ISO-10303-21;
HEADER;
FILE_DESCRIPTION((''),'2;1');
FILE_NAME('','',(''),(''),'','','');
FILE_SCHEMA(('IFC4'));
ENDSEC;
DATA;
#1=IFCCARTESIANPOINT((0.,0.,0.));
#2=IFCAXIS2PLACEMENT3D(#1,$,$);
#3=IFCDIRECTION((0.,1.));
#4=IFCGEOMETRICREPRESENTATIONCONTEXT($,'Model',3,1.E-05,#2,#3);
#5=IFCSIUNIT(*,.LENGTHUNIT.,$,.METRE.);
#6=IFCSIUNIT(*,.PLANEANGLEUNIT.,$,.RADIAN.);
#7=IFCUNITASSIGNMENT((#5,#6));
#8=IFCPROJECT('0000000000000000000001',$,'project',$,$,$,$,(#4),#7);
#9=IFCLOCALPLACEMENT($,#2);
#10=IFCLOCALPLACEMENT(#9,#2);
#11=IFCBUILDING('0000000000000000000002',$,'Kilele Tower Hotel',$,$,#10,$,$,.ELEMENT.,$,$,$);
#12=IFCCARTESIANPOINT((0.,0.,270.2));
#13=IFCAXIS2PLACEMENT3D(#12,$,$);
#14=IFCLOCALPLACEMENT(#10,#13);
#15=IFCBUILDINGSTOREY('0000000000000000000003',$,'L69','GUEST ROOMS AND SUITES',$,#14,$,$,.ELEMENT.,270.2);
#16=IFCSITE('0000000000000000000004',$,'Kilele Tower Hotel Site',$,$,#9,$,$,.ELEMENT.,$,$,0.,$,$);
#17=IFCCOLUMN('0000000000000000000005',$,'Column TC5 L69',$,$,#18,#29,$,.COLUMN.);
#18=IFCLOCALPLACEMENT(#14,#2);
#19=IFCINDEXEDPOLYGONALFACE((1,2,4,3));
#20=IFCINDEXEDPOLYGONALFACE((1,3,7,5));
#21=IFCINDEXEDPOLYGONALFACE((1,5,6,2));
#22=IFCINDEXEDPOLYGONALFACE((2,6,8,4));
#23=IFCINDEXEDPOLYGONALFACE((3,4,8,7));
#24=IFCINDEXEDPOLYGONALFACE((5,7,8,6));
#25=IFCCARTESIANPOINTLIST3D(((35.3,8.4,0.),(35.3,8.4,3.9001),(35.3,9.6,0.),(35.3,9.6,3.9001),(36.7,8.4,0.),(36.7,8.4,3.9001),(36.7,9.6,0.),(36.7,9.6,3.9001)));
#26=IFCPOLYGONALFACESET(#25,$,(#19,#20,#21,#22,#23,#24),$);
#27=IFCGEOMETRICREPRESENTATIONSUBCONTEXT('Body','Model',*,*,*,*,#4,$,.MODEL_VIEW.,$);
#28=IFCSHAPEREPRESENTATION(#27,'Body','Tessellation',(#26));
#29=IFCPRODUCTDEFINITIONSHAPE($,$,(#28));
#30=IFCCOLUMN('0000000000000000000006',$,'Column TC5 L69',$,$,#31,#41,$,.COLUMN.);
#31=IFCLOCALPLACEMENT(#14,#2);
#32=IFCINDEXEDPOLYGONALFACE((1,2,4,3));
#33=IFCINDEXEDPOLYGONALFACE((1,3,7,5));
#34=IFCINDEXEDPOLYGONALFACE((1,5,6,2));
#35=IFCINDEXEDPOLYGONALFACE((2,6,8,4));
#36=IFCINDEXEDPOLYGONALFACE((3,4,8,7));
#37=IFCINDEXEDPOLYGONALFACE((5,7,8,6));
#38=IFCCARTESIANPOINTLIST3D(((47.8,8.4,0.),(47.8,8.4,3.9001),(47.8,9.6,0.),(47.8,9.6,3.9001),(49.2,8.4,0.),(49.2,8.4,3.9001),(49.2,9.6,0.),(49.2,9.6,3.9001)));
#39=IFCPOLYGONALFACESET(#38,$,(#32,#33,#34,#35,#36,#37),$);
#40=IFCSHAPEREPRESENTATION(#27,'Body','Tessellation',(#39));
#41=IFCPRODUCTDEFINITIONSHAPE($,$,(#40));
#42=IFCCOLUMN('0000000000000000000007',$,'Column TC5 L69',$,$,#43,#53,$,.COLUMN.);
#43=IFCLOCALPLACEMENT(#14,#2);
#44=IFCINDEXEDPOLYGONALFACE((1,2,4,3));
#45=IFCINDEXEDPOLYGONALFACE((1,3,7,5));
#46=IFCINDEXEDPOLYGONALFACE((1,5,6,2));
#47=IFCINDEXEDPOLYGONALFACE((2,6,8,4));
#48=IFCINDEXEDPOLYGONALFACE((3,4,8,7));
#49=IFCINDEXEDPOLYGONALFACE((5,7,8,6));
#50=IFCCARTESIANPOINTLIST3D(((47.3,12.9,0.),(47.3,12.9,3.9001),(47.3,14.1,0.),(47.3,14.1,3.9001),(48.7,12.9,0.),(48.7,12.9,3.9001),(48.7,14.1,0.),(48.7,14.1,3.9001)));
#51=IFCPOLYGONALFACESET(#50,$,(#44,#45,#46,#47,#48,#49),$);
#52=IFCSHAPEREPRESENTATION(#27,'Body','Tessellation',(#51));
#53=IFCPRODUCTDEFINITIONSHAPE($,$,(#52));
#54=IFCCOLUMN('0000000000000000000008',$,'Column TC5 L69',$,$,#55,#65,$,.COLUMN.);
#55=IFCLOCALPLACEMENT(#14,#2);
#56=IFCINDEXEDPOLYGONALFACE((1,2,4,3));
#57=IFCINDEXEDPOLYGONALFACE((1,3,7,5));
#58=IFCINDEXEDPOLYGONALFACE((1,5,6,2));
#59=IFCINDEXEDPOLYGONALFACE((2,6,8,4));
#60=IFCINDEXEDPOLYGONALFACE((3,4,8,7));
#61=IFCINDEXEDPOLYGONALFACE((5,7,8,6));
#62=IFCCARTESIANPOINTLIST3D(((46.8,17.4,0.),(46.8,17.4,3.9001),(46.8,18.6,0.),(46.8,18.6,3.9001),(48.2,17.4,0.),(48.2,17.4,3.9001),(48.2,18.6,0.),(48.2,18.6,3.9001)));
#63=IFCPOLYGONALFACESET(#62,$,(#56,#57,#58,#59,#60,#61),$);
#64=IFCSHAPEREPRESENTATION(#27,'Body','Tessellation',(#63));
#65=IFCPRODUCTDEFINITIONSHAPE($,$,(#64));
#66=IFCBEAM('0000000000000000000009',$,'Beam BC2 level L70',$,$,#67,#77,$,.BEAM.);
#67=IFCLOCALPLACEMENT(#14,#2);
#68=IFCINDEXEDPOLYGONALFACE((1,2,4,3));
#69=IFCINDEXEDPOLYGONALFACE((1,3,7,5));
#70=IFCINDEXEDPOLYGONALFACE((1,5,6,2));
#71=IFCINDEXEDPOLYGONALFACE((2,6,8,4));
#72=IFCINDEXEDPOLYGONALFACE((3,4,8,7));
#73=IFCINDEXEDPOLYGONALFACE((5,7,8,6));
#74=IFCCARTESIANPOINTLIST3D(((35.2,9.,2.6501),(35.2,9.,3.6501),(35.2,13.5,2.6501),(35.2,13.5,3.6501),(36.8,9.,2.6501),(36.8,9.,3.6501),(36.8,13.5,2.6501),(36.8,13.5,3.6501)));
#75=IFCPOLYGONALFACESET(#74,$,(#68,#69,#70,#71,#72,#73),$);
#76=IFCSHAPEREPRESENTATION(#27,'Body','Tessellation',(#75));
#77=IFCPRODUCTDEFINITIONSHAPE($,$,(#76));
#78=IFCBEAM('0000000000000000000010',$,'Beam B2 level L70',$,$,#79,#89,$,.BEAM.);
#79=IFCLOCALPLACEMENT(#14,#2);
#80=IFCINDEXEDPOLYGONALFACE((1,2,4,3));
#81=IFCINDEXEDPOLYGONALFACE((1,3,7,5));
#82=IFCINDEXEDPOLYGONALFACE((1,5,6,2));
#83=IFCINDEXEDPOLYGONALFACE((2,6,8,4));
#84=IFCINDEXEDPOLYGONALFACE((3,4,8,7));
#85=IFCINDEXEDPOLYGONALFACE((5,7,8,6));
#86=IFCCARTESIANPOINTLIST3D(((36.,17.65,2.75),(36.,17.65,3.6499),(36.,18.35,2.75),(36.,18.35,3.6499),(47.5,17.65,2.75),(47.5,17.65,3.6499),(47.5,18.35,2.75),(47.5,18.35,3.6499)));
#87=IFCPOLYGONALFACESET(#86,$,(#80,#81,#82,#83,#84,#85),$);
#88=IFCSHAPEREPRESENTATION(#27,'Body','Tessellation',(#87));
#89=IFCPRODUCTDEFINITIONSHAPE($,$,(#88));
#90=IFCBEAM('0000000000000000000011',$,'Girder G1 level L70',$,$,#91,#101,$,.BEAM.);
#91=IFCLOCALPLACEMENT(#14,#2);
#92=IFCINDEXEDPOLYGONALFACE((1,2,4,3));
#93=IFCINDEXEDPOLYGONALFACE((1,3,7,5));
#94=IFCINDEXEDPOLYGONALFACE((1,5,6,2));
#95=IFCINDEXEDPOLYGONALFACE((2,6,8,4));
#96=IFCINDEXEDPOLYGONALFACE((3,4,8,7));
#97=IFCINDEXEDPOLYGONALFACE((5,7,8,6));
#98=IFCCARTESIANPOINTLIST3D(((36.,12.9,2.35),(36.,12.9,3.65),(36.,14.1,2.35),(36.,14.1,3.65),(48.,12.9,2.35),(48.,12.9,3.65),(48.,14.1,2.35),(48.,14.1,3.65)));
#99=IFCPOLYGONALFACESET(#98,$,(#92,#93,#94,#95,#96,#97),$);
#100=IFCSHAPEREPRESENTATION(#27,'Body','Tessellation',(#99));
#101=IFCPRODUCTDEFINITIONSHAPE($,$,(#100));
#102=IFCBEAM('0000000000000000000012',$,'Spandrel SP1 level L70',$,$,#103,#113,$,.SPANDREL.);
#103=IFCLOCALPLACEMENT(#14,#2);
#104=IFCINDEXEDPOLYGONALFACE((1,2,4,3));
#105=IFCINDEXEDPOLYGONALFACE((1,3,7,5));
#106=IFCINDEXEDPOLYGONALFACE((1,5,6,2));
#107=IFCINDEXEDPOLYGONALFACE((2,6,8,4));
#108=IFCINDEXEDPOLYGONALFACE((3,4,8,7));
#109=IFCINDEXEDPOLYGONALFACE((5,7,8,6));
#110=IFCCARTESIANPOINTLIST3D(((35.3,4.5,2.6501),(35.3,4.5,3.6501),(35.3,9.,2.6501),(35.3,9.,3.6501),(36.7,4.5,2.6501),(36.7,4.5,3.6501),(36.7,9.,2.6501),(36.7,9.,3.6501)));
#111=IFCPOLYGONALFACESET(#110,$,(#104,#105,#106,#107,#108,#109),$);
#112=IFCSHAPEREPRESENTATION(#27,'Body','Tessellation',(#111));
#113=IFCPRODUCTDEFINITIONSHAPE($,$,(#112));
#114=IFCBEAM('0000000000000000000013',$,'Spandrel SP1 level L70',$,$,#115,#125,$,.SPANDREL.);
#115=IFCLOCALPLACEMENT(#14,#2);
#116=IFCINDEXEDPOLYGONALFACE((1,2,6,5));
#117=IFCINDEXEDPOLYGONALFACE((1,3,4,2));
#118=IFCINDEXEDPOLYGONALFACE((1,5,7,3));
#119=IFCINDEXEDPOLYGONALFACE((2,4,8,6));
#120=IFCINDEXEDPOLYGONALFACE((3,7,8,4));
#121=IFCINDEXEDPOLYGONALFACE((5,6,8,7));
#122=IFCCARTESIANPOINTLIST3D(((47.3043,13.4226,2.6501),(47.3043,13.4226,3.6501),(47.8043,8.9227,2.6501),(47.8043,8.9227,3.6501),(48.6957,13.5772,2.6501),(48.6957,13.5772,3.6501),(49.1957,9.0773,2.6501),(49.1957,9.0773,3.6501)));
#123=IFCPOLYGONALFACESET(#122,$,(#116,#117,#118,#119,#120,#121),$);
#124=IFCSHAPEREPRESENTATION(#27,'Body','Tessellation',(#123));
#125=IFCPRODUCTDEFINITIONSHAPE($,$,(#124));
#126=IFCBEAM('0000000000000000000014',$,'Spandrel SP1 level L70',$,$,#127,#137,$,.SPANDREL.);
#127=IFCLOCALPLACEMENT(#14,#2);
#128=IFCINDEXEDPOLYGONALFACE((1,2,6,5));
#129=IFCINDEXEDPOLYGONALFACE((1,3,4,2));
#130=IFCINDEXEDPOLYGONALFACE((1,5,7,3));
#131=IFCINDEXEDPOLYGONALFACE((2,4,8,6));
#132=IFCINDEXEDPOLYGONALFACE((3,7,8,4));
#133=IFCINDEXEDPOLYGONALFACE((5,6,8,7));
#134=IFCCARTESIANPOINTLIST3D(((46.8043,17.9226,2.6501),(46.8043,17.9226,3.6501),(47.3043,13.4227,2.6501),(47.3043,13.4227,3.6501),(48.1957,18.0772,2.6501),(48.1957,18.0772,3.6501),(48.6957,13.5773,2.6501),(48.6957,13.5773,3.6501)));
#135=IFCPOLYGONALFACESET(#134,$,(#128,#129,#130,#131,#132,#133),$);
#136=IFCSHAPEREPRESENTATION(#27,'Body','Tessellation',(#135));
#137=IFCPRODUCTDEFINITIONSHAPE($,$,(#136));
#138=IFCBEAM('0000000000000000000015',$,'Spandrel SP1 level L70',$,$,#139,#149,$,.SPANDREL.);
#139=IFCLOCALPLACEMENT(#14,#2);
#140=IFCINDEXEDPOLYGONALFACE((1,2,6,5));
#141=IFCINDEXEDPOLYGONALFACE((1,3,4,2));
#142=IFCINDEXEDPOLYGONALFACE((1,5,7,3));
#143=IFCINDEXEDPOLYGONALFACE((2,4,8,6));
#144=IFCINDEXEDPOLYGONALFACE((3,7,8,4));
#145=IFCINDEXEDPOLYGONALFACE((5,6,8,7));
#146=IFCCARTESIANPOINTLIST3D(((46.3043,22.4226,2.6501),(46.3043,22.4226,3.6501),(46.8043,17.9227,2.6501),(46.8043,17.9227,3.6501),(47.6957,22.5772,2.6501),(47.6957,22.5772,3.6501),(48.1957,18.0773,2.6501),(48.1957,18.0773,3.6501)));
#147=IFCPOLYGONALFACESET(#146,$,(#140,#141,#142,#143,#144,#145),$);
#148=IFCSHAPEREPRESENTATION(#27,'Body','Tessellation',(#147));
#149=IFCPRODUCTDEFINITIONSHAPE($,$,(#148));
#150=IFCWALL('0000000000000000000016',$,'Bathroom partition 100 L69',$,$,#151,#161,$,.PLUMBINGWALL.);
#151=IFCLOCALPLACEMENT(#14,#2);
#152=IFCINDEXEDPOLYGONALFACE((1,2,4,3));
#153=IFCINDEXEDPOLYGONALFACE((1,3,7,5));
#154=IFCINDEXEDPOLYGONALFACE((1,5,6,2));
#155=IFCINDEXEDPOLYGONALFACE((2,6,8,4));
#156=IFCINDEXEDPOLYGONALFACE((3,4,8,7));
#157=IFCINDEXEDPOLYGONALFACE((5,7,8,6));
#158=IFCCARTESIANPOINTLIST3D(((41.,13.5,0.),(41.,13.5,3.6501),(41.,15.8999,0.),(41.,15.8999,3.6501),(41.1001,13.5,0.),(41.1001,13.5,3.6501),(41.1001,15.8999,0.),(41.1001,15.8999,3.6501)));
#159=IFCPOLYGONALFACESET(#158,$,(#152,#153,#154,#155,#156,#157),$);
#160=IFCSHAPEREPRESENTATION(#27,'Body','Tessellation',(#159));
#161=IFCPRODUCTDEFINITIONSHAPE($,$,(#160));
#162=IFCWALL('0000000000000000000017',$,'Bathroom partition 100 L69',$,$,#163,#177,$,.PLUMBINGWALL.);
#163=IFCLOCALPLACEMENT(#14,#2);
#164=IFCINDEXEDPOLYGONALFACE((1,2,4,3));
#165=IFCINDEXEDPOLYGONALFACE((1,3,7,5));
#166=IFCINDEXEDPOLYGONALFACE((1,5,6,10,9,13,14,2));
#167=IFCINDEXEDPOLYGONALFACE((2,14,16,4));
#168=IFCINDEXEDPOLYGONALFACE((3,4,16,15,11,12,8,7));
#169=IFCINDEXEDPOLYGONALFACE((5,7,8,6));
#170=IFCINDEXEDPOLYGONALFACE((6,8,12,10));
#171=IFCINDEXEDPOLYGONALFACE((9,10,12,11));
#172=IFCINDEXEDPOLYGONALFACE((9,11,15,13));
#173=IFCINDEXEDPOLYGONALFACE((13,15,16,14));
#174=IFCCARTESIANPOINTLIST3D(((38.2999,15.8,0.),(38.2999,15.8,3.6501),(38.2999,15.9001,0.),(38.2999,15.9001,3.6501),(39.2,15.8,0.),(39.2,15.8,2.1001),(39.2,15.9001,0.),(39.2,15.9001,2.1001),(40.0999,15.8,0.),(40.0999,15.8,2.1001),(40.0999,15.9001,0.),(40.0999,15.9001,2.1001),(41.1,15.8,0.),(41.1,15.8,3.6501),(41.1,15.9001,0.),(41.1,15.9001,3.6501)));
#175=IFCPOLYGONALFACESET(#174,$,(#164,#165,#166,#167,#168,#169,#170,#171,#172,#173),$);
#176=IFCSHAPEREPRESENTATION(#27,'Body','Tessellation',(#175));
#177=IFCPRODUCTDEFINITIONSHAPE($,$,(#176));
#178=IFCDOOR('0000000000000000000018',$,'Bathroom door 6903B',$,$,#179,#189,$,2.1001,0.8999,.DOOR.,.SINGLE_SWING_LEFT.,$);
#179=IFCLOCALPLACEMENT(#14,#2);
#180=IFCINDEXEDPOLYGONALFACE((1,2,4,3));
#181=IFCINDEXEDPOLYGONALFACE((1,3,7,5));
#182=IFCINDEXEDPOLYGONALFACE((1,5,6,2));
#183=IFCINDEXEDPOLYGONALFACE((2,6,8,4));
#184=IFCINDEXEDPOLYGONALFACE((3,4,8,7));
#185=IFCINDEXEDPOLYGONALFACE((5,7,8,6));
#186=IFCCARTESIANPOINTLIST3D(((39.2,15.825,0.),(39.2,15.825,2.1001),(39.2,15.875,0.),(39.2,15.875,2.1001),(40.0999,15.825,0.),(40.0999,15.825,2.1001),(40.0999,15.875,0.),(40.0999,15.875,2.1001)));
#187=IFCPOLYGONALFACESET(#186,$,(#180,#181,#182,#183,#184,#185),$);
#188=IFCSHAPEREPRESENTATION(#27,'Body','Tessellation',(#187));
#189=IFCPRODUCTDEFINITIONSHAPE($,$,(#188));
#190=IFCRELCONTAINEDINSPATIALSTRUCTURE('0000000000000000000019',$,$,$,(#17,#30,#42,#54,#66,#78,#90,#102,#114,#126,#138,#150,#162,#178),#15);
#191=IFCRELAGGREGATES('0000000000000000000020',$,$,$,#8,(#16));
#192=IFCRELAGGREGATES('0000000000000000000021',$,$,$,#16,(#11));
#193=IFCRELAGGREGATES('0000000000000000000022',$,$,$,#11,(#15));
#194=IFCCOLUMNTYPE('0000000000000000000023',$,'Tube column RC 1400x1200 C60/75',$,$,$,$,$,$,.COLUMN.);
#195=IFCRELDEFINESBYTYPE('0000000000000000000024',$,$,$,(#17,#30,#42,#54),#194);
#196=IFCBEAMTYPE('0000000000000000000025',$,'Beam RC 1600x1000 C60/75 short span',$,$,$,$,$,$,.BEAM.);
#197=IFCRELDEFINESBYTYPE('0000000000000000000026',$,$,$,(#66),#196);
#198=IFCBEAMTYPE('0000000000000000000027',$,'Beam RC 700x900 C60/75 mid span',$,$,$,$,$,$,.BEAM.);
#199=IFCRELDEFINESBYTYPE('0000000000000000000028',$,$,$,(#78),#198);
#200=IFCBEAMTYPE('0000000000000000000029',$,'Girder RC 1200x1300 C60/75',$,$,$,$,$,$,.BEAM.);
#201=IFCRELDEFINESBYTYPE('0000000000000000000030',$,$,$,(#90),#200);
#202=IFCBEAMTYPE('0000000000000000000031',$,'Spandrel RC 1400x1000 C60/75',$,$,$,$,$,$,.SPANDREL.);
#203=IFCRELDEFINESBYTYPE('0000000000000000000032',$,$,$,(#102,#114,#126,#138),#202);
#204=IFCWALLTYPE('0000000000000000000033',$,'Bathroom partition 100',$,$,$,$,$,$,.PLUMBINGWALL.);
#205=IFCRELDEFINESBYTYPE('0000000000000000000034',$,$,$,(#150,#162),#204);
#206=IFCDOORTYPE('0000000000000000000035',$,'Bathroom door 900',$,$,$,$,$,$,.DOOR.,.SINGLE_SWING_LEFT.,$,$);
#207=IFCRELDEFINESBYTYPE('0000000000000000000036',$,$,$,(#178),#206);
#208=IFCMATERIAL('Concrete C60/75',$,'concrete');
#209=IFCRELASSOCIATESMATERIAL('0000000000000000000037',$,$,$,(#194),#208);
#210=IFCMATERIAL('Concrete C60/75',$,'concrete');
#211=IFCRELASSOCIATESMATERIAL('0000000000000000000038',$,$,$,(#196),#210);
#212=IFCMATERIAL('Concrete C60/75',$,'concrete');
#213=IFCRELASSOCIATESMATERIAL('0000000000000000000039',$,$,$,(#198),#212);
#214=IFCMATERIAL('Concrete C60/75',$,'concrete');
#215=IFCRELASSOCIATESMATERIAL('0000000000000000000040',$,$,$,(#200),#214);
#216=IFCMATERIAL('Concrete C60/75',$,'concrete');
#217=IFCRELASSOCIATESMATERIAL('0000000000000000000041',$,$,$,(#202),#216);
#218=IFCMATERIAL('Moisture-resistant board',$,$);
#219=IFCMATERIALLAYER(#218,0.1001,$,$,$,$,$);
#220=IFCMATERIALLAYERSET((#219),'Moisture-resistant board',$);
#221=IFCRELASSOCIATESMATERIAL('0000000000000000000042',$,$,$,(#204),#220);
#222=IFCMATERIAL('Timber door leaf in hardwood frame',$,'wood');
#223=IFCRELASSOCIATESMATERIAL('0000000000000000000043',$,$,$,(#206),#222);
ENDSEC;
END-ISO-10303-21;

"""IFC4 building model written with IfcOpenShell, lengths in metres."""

from ifc_helpers import new_model, si_unit, direction, frame, frame_2d, origin, origin_2d, place, context, subcontext, project, spatial, rectangle, extrude, material, layer, layer_set, material_profile, profile_set, type_object, element, fill, save


model = new_model("IFC4")

# Units and contexts
model_context = context("Model", 3, precision=1e-05, world=origin(), true_north=direction((0.0, 1.0)))
body_context = subcontext(model_context, "Body", "Model", "MODEL_VIEW")
ifc_project = project(units=[si_unit("LENGTHUNIT", "METRE"), si_unit("PLANEANGLEUNIT", "RADIAN")], contexts=[model_context])

# Site, building, storey
site_placement = place(None, origin())
site = spatial("IfcSite", under=ifc_project, at=site_placement, Name="Kilele Tower Hotel Site", CompositionType="ELEMENT", RefElevation=0.0)
building_placement = place(site_placement, origin())
building = spatial("IfcBuilding", under=site, at=building_placement, Name="Kilele Tower Hotel", CompositionType="ELEMENT")
storey_placement = place(building_placement, frame((0.0, 0.0, 270.2)))
storey = spatial("IfcBuildingStorey", under=building, at=storey_placement, Name="L69", Description="GUEST ROOMS AND SUITES", CompositionType="ELEMENT", Elevation=270.2)

# Columns
ifc_material_1 = material(Name="Concrete C60/75", Category="concrete")
ifc_material_profile_1 = material_profile(ifc_material_1, rectangle(XDim=1.3999, YDim=1.2, at=origin_2d()))
ifc_profile_set_1 = profile_set([ifc_material_profile_1], Name="Concrete C60/75")
column_type = type_object("IfcColumnType", Name="Tube column RC 1400x1200 C60/75", PredefinedType="COLUMN", material=ifc_profile_set_1)
for number, where, z_axis, x_axis, name in (
    (1, (36.0, 9.0, 0.0), (0.0, 0.0, 1.0), (1.0, 0.0, 0.0), "Column TC5 L69"),
    (2, (48.5, 9.0, 0.0), (0.0, 0.0, 1.0), (1.0, 0.0, 0.0), "Column TC5 L69"),
    (3, (48.0, 13.5, 0.0), (0.0, 0.0, 1.0), (1.0, 0.0, 0.0), "Column TC5 L69"),
    (4, (47.5, 18.0, 0.0), (0.0, 0.0, 1.0), (1.0, 0.0, 0.0), "Column TC5 L69"),
):
    element("IfcColumn", number, at=place(storey_placement, frame(where, z_axis=z_axis, x_axis=x_axis)), inside=storey, type_object=column_type, Name=name, PredefinedType="COLUMN", context=body_context, shape_type="SweptSolid", body=[
        extrude(rectangle(XDim=1.3999, YDim=1.2, at=origin_2d()), origin(), (0.0, 0.0, 1.0), 3.9001),
    ])

# Beams
ifc_material_2 = material(Name="Concrete C60/75", Category="concrete")
ifc_material_profile_2 = material_profile(ifc_material_2, rectangle(XDim=1.6001, YDim=1.0, at=origin_2d()))
ifc_profile_set_2 = profile_set([ifc_material_profile_2], Name="Concrete C60/75")
beam_type_1 = type_object("IfcBeamType", Name="Beam RC 1600x1000 C60/75 short span", PredefinedType="BEAM", material=ifc_profile_set_2)
beam_1_placement = place(storey_placement, frame((36.0, 9.0, 3.1501), z_axis=(0.0, 1.0, 0.0), x_axis=(-1.0, 0.0, 0.0)))
element("IfcBeam", 5, at=beam_1_placement, inside=storey, type_object=beam_type_1, Name="Beam BC2 level L70", PredefinedType="BEAM", context=body_context, shape_type="SweptSolid", body=[
    extrude(rectangle(XDim=1.6001, YDim=1.0, at=origin_2d()), origin(), (0.0, 0.0, 1.0), 4.5),
])
ifc_material_3 = material(Name="Concrete C60/75", Category="concrete")
ifc_material_profile_3 = material_profile(ifc_material_3, rectangle(XDim=0.7, YDim=0.8999, at=origin_2d()))
ifc_profile_set_3 = profile_set([ifc_material_profile_3], Name="Concrete C60/75")
beam_type_2 = type_object("IfcBeamType", Name="Beam RC 700x900 C60/75 mid span", PredefinedType="BEAM", material=ifc_profile_set_3)
beam_2_placement = place(storey_placement, frame((47.5, 18.0, 3.2), z_axis=(-1.0, 0.0, 0.0), x_axis=(0.0, -1.0, 0.0)))
element("IfcBeam", 6, at=beam_2_placement, inside=storey, type_object=beam_type_2, Name="Beam B2 level L70", PredefinedType="BEAM", context=body_context, shape_type="SweptSolid", body=[
    extrude(rectangle(XDim=0.7, YDim=0.8999, at=origin_2d()), origin(), (0.0, 0.0, 1.0), 11.5),
])
ifc_material_4 = material(Name="Concrete C60/75", Category="concrete")
ifc_material_profile_4 = material_profile(ifc_material_4, rectangle(XDim=1.2, YDim=1.3, at=origin_2d()))
ifc_profile_set_4 = profile_set([ifc_material_profile_4], Name="Concrete C60/75")
beam_type_3 = type_object("IfcBeamType", Name="Girder RC 1200x1300 C60/75", PredefinedType="BEAM", material=ifc_profile_set_4)
beam_3_placement = place(storey_placement, frame((48.0, 13.5, 3.0), z_axis=(-1.0, 0.0, 0.0), x_axis=(0.0, -1.0, 0.0)))
element("IfcBeam", 7, at=beam_3_placement, inside=storey, type_object=beam_type_3, Name="Girder G1 level L70", PredefinedType="BEAM", context=body_context, shape_type="SweptSolid", body=[
    extrude(rectangle(XDim=1.2, YDim=1.3, at=origin_2d()), origin(), (0.0, 0.0, 1.0), 12.0),
])
ifc_material_5 = material(Name="Concrete C60/75", Category="concrete")
ifc_material_profile_5 = material_profile(ifc_material_5, rectangle(XDim=1.3999, YDim=1.0, at=origin_2d()))
ifc_profile_set_5 = profile_set([ifc_material_profile_5], Name="Concrete C60/75")
beam_type_4 = type_object("IfcBeamType", Name="Spandrel RC 1400x1000 C60/75", PredefinedType="SPANDREL", material=ifc_profile_set_5)
beam_4_placement = place(storey_placement, frame((36.0, 9.0, 3.1501), z_axis=(0.0, -1.0, 0.0), x_axis=(1.0, 0.0, 0.0)))
element("IfcBeam", 8, at=beam_4_placement, inside=storey, type_object=beam_type_4, Name="Spandrel SP1 level L70", PredefinedType="SPANDREL", context=body_context, shape_type="SweptSolid", body=[
    extrude(rectangle(XDim=1.3999, YDim=1.0, at=origin_2d()), origin(), (0.0, 0.0, 1.0), 4.5),
])
for number, where, z_axis, x_axis, name in (
    (9, (48.5, 9.0, 3.1501), (-0.110432, 0.993884, 0.0), (-0.993884, -0.110432, 0.0), "Spandrel SP1 level L70"),
    (10, (48.0, 13.5, 3.1501), (-0.110432, 0.993884, 0.0), (-0.993884, -0.110432, 0.0), "Spandrel SP1 level L70"),
    (11, (47.5, 18.0, 3.1501), (-0.110432, 0.993884, 0.0), (-0.993884, -0.110432, 0.0), "Spandrel SP1 level L70"),
):
    element("IfcBeam", number, at=place(storey_placement, frame(where, z_axis=z_axis, x_axis=x_axis)), inside=storey, type_object=beam_type_4, Name=name, PredefinedType="SPANDREL", context=body_context, shape_type="SweptSolid", body=[
        extrude(rectangle(XDim=1.3999, YDim=1.0, at=origin_2d()), origin(), (0.0, 0.0, 1.0), 4.5276),
    ])

# Wall
ifc_material_6 = material(Name="Moisture-resistant board")
ifc_layer_1 = layer(ifc_material_6, 0.1001)
ifc_layer_set_1 = layer_set([ifc_layer_1], Name="Moisture-resistant board")
wall_type_1 = type_object("IfcWallType", Name="Bathroom partition 100", PredefinedType="PLUMBINGWALL", material=ifc_layer_set_1)
wall_1_placement = place(storey_placement, frame((41.05, 13.5, 0.0), z_axis=(0.0, 0.0, 1.0), x_axis=(0.0, 1.0, 0.0)))
element("IfcWall", 12, at=wall_1_placement, inside=storey, type_object=wall_type_1, Name="Bathroom partition 100 L69", PredefinedType="PLUMBINGWALL", context=body_context, shape_type="SweptSolid", body=[
    extrude(rectangle(XDim=2.3999, YDim=0.1001, at=frame_2d((1.2, 0.0))), origin(), (0.0, 0.0, 1.0), 3.6501),
])

# Wall, opening, door
wall_2_placement = place(storey_placement, frame((38.3, 15.8501, 0.0), z_axis=(0.0, 0.0, 1.0), x_axis=(1.0, 0.0, 0.0)))
wall_2 = element("IfcWall", 13, at=wall_2_placement, inside=storey, type_object=wall_type_1, Name="Bathroom partition 100 L69", PredefinedType="PLUMBINGWALL", context=body_context, shape_type="SweptSolid", body=[
    extrude(rectangle(XDim=2.8, YDim=0.1001, at=frame_2d((1.3999, 0.0))), origin(), (0.0, 0.0, 1.0), 3.6501),
])
opening_1_placement = place(wall_2_placement, frame((0.8999, 0.0, 0.0)))
opening_1 = element("IfcOpeningElement", 14, at=opening_1_placement, cuts=wall_2, PredefinedType="OPENING", context=body_context, shape_type="SweptSolid", body=[
    extrude(rectangle(XDim=0.8999, YDim=2.1001, at=frame_2d((0.45, 1.05))), frame((0.0, 0.0601, 0.0), z_axis=(0.0, -1.0, 0.0), x_axis=(1.0, 0.0, 0.0)), (0.0, 0.0, 1.0), 0.1201),
])
ifc_material_7 = material(Name="Timber door leaf in hardwood frame", Category="wood")
door_type_1 = type_object("IfcDoorType", Name="Bathroom door 900", OperationType="SINGLE_SWING_LEFT", PredefinedType="DOOR", material=ifc_material_7)
door_1_placement = place(opening_1_placement, origin())
door_1 = element("IfcDoor", 15, at=door_1_placement, inside=storey, type_object=door_type_1, Name="Bathroom door 6903B", OperationType="SINGLE_SWING_LEFT", OverallHeight=2.1001, OverallWidth=0.8999, PredefinedType="DOOR", context=body_context, shape_type="SweptSolid", body=[
    extrude(rectangle(XDim=0.8999, YDim=2.1001, at=frame_2d((0.45, 1.05))), frame((0.0, 0.0249, 0.0), z_axis=(0.0, -1.0, 0.0), x_axis=(1.0, 0.0, 0.0)), (0.0, 0.0, 1.0), 0.05),
])
fill(opening_1, door_1)

save(model, "model.ifc")
